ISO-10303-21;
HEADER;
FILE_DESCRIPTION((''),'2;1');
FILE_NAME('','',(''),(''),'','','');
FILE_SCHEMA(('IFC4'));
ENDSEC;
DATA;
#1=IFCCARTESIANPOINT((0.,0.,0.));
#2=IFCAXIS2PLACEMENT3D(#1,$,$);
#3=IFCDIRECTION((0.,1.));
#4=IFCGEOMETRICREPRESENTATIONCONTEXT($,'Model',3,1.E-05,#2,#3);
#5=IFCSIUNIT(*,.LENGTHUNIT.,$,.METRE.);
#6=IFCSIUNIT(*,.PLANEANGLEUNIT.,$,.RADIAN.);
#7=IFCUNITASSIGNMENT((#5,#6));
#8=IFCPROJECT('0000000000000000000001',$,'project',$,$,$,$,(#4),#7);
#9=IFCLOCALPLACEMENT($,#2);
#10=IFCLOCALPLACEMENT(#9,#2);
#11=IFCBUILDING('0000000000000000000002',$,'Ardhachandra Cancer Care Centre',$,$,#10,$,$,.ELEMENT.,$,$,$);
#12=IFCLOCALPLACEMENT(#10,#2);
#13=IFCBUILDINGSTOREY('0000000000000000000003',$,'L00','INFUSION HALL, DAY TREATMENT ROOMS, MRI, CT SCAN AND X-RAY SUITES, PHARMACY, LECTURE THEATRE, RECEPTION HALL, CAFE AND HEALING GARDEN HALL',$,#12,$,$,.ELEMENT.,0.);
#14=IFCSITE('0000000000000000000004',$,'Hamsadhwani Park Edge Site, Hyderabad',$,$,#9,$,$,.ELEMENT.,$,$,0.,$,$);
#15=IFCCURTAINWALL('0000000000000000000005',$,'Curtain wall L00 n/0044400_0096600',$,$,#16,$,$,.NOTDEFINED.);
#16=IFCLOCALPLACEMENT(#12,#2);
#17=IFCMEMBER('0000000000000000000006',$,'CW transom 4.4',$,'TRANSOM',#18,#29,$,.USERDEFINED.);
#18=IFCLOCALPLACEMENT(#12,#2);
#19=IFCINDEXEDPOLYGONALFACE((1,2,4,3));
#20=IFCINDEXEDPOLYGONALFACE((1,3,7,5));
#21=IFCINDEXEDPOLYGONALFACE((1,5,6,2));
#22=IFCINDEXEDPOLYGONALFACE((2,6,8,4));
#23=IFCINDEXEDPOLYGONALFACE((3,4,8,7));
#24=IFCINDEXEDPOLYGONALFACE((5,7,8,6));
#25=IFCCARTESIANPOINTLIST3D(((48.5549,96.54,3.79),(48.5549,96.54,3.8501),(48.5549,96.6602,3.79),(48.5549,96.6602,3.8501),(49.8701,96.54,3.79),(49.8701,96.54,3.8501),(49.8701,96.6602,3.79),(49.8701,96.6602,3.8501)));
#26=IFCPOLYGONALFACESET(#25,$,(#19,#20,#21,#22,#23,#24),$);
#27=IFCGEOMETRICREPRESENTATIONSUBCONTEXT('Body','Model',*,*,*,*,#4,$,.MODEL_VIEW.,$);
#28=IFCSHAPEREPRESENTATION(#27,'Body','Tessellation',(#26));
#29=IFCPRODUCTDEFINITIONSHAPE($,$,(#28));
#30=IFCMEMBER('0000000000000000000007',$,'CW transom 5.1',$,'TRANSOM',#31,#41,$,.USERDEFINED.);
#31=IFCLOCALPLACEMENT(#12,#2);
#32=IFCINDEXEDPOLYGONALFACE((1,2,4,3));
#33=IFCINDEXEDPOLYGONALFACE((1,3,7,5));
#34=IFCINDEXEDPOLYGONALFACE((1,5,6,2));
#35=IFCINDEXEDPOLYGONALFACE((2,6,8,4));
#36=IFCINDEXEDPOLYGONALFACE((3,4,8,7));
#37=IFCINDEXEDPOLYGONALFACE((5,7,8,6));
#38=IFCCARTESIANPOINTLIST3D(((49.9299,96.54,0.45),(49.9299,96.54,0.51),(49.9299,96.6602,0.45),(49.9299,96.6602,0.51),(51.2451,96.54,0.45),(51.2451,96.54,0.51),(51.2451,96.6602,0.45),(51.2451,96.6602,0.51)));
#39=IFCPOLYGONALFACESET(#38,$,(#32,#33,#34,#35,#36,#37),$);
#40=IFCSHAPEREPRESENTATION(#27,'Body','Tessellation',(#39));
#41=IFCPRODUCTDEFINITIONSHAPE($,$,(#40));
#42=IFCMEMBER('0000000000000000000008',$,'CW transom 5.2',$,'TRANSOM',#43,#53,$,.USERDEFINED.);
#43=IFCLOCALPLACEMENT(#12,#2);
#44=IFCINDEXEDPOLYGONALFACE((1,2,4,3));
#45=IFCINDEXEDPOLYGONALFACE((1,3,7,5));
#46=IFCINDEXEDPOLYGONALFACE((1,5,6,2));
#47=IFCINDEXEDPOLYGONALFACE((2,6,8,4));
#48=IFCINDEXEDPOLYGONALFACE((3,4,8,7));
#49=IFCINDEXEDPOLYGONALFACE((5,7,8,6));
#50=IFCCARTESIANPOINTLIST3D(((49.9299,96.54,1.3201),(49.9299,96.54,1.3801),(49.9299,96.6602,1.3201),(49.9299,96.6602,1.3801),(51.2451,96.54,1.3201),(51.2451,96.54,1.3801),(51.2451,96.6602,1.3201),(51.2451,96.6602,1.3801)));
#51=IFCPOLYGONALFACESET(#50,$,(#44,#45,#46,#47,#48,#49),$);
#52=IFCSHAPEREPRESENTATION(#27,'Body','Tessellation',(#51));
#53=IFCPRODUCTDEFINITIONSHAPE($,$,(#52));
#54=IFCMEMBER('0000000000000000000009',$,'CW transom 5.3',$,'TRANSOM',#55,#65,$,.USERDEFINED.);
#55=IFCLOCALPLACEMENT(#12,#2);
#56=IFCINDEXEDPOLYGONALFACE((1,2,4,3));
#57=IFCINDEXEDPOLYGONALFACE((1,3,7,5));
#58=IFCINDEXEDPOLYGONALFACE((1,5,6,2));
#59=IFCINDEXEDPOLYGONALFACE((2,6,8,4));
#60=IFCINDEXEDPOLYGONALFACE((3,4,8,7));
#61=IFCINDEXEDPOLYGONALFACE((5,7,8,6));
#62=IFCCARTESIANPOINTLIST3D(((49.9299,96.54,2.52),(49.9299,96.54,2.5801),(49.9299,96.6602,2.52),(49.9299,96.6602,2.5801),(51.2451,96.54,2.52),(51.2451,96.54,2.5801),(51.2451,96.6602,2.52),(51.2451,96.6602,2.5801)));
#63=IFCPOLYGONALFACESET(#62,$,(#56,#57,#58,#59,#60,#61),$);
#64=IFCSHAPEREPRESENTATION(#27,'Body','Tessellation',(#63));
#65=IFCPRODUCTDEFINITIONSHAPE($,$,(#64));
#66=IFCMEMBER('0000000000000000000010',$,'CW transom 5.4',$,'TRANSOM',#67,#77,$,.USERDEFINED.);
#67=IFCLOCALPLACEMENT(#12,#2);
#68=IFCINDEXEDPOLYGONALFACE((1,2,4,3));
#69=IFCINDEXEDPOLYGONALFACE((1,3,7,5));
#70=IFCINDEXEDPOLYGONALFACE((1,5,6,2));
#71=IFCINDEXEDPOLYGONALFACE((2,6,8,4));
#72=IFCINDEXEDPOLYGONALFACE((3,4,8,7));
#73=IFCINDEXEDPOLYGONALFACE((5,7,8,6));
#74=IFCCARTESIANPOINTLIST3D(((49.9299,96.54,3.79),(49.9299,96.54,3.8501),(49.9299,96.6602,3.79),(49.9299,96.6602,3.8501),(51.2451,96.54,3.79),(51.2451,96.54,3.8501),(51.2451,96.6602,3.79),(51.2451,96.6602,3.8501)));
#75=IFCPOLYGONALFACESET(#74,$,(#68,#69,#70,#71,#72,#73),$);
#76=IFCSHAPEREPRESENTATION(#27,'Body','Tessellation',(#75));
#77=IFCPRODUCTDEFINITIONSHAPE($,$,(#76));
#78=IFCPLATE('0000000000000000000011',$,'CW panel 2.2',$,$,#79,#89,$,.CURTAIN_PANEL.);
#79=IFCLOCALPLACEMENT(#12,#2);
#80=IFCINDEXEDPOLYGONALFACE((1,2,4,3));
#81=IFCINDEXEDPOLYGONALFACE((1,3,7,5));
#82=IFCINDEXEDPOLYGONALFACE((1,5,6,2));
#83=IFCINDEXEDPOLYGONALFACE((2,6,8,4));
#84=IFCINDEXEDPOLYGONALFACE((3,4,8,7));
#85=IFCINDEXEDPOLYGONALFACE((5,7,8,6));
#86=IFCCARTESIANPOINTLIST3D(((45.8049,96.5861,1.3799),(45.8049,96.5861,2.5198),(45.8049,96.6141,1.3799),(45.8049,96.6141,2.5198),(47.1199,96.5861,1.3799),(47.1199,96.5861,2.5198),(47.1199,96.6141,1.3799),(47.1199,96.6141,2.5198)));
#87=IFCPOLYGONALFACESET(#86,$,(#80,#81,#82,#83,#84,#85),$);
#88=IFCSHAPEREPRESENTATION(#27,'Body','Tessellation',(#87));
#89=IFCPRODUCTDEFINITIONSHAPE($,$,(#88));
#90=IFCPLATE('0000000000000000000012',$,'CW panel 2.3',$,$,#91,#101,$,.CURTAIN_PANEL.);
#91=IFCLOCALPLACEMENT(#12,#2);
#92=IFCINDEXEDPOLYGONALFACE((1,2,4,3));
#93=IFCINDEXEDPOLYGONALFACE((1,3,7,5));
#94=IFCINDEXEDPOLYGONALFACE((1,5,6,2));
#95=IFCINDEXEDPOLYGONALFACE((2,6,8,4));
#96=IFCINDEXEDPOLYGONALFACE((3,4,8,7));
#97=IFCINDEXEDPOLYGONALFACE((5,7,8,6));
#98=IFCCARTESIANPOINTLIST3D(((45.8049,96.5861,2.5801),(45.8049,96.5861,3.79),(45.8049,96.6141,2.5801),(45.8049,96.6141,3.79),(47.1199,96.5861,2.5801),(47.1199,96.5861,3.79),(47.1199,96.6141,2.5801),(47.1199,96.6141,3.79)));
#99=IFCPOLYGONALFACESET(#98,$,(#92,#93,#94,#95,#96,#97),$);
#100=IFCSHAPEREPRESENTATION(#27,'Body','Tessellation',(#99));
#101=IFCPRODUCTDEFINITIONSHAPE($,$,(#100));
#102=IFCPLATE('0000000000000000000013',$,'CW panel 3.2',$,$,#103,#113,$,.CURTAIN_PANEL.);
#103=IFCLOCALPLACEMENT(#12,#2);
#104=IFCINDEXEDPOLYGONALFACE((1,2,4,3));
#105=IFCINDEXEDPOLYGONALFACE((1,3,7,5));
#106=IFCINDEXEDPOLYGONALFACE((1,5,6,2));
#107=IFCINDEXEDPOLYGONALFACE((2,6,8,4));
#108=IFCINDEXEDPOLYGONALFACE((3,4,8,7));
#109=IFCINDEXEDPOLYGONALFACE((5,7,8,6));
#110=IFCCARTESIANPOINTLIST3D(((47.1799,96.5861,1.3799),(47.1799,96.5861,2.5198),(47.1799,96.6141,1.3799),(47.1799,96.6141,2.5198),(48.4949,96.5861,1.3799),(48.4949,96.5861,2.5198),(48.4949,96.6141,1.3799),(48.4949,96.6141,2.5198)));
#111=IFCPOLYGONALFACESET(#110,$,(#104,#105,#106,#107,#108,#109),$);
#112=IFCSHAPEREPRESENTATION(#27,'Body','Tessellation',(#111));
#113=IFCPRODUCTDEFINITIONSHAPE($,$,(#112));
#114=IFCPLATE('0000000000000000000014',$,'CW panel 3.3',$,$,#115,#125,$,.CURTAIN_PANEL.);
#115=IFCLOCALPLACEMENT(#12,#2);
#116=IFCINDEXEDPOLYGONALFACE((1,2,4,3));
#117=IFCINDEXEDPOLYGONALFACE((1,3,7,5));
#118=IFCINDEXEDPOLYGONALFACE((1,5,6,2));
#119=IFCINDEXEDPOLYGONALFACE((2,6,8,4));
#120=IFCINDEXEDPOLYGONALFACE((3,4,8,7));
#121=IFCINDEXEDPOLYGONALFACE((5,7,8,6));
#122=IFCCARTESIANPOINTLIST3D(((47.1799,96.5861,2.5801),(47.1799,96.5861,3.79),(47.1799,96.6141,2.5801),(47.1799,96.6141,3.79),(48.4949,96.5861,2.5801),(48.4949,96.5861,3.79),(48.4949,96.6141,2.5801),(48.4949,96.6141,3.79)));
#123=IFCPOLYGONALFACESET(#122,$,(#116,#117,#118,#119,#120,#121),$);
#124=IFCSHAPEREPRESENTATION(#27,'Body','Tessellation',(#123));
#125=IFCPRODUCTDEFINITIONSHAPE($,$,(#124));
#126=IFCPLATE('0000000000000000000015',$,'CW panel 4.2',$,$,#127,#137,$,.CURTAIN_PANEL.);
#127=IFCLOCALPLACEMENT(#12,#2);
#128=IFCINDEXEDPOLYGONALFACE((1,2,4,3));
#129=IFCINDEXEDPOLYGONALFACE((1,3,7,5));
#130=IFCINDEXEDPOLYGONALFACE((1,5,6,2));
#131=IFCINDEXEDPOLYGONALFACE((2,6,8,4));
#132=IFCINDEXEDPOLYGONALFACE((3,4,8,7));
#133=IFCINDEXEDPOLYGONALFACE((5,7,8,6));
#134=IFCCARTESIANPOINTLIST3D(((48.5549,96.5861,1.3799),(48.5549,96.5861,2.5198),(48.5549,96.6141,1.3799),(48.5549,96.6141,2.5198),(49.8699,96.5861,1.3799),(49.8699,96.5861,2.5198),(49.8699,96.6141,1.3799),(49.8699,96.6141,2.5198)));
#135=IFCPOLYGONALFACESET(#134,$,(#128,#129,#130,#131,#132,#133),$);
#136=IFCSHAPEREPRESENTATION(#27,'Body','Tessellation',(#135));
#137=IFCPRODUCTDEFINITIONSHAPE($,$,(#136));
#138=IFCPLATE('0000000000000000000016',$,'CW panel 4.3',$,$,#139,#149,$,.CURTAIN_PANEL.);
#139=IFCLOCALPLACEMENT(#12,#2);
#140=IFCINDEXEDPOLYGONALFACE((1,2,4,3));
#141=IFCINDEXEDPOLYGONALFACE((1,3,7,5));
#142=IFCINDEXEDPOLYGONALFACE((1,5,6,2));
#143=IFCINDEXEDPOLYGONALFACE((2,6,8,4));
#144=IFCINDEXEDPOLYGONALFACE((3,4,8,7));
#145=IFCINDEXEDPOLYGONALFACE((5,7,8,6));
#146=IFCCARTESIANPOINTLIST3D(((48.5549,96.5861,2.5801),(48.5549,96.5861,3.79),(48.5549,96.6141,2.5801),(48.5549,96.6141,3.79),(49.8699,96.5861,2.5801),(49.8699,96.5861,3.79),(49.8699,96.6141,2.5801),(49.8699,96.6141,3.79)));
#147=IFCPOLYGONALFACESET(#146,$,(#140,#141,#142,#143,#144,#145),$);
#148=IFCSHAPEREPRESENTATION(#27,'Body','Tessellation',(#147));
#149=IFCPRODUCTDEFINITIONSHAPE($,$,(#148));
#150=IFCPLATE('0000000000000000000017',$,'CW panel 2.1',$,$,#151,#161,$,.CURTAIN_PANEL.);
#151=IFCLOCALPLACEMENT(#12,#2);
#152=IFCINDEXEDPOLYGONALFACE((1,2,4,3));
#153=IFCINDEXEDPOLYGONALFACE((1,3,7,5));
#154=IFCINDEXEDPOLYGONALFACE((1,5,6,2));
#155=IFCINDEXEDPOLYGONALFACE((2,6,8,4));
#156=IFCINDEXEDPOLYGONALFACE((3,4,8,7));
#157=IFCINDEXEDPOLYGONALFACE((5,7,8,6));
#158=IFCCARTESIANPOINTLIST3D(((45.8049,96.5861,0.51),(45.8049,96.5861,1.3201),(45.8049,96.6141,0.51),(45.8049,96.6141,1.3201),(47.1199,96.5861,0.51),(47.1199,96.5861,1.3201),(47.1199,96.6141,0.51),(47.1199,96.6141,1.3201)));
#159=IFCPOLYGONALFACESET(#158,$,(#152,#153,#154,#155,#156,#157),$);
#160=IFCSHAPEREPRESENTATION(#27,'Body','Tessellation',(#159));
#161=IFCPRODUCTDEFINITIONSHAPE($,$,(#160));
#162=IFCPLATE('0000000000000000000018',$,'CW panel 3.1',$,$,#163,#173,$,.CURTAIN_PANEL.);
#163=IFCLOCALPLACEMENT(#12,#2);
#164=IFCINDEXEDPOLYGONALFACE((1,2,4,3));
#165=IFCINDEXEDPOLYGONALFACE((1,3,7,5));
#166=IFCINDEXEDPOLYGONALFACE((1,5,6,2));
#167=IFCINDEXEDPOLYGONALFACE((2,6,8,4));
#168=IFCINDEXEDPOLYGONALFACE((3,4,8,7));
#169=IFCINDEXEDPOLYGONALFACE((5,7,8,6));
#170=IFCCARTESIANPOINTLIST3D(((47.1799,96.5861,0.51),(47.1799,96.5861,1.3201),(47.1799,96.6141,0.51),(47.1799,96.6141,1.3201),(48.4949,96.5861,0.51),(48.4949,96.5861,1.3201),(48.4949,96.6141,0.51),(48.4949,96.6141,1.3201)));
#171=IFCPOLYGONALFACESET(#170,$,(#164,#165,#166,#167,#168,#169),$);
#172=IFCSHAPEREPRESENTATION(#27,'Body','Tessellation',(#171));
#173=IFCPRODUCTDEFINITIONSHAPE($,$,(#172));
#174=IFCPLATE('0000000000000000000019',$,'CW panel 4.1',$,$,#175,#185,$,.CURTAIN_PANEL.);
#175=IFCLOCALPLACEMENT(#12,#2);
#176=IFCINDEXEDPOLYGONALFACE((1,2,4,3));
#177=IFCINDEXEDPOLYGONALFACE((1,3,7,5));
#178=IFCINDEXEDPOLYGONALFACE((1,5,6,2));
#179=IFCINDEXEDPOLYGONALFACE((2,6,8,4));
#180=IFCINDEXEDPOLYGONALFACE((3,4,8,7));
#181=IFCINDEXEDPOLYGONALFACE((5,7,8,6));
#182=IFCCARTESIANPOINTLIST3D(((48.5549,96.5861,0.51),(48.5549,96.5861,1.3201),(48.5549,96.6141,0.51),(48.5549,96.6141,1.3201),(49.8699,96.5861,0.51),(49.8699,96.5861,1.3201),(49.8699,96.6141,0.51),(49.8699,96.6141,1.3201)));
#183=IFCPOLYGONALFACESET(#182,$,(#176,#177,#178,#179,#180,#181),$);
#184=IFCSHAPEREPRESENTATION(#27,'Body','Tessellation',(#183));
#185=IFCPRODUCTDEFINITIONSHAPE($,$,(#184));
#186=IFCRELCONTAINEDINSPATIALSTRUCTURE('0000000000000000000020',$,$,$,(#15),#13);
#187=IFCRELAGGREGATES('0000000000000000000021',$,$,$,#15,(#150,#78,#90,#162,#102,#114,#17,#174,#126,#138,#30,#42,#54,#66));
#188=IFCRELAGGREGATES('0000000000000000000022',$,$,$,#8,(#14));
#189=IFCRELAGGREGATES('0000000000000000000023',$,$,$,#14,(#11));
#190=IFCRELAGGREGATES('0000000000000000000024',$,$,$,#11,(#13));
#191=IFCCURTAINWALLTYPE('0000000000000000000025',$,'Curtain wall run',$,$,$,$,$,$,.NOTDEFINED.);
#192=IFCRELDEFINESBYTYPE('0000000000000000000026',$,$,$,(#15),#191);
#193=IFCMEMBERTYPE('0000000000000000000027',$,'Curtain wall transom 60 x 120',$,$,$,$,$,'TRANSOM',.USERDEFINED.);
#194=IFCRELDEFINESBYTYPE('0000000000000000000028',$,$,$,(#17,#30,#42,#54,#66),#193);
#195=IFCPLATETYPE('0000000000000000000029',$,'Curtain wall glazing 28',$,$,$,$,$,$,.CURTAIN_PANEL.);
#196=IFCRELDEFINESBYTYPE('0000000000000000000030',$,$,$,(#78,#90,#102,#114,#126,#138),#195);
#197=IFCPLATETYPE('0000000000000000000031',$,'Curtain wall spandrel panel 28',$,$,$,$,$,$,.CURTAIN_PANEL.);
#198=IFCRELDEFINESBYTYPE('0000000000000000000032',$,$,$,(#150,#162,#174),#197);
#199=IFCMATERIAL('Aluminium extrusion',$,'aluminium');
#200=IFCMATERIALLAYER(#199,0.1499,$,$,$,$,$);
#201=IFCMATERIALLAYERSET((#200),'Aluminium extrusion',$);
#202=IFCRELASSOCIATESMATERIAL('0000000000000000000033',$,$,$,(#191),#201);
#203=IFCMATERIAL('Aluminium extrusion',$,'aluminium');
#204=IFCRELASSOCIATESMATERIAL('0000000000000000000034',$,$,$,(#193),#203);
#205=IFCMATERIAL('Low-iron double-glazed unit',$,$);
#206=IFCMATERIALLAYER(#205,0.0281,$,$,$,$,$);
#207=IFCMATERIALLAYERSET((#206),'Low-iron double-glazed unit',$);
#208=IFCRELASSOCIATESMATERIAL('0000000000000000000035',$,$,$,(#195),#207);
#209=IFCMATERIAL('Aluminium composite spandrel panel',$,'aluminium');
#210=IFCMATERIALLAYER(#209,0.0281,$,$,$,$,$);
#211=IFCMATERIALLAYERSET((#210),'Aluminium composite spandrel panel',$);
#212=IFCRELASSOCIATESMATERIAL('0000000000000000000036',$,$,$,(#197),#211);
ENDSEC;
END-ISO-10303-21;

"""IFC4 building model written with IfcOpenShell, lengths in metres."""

from ifc_helpers import new_model, si_unit, direction, frame, origin, origin_2d, place, context, subcontext, project, spatial, rectangle, extrude, material, layer, layer_set, material_profile, profile_set, type_object, element, aggregate, save


model = new_model("IFC4")

# Units and contexts
model_context = context("Model", 3, precision=1e-05, world=origin(), true_north=direction((0.0, 1.0)))
body_context = subcontext(model_context, "Body", "Model", "MODEL_VIEW")
ifc_project = project(units=[si_unit("LENGTHUNIT", "METRE"), si_unit("PLANEANGLEUNIT", "RADIAN")], contexts=[model_context])

# Site, building, storey
site_placement = place(None, origin())
site = spatial("IfcSite", under=ifc_project, at=site_placement, Name="Hamsadhwani Park Edge Site, Hyderabad", CompositionType="ELEMENT", RefElevation=0.0)
building_placement = place(site_placement, origin())
building = spatial("IfcBuilding", under=site, at=building_placement, Name="Ardhachandra Cancer Care Centre", CompositionType="ELEMENT")
storey_placement = place(building_placement, origin())
storey = spatial("IfcBuildingStorey", under=building, at=storey_placement, Name="L00", Description="INFUSION HALL, DAY TREATMENT ROOMS, MRI, CT SCAN AND X-RAY SUITES, PHARMACY, LECTURE THEATRE, RECEPTION HALL, CAFE AND HEALING GARDEN HALL", CompositionType="ELEMENT", Elevation=0.0)

# Curtain wall, members, plates
ifc_material_1 = material(Name="Aluminium extrusion", Category="aluminium")
ifc_layer_1 = layer(ifc_material_1, 0.1499)
ifc_layer_set_1 = layer_set([ifc_layer_1], Name="Aluminium extrusion")
curtain_wall_type = type_object("IfcCurtainWallType", Name="Curtain wall run", PredefinedType="NOTDEFINED", material=ifc_layer_set_1)
curtain_wall_placement = place(storey_placement, origin())
curtain_wall = element("IfcCurtainWall", 1, at=curtain_wall_placement, inside=storey, type_object=curtain_wall_type, Name="Curtain wall L00 n/0044400_0096600", PredefinedType="NOTDEFINED")
ifc_material_2 = material(Name="Aluminium extrusion", Category="aluminium")
ifc_material_profile_1 = material_profile(ifc_material_2, rectangle(XDim=0.1201, YDim=0.0601, at=origin_2d()), Name="Curtain wall transom 60 x 120")
ifc_profile_set_1 = profile_set([ifc_material_profile_1], Name="Aluminium extrusion")
member_type_1 = type_object("IfcMemberType", Name="Curtain wall transom 60 x 120", ElementType="TRANSOM", PredefinedType="USERDEFINED", material=ifc_profile_set_1)
member_1_placement = place(storey_placement, frame((48.5549, 96.6001, 3.8201), z_axis=(1.0, 0.0, 0.0), x_axis=(0.0, 1.0, 0.0)))
member_1 = element("IfcMember", 2, at=member_1_placement, type_object=member_type_1, Name="CW transom 4.4", ObjectType="TRANSOM", PredefinedType="USERDEFINED", context=body_context, shape_type="SweptSolid", body=[
    extrude(rectangle(XDim=0.1201, YDim=0.0601, at=origin_2d()), origin(), (0.0, 0.0, 1.0), 1.3152),
])
member_2_placement = place(storey_placement, frame((49.9299, 96.6001, 0.48), z_axis=(1.0, 0.0, 0.0), x_axis=(0.0, 1.0, 0.0)))
member_2 = element("IfcMember", 3, at=member_2_placement, type_object=member_type_1, Name="CW transom 5.1", ObjectType="TRANSOM", PredefinedType="USERDEFINED", context=body_context, shape_type="SweptSolid", body=[
    extrude(rectangle(XDim=0.1201, YDim=0.0601, at=origin_2d()), origin(), (0.0, 0.0, 1.0), 1.3152),
])
member_3_placement = place(storey_placement, frame((49.9299, 96.6001, 1.3501), z_axis=(1.0, 0.0, 0.0), x_axis=(0.0, 1.0, 0.0)))
member_3 = element("IfcMember", 4, at=member_3_placement, type_object=member_type_1, Name="CW transom 5.2", ObjectType="TRANSOM", PredefinedType="USERDEFINED", context=body_context, shape_type="SweptSolid", body=[
    extrude(rectangle(XDim=0.1201, YDim=0.0601, at=origin_2d()), origin(), (0.0, 0.0, 1.0), 1.3152),
])
member_4_placement = place(storey_placement, frame((49.9299, 96.6001, 2.55), z_axis=(1.0, 0.0, 0.0), x_axis=(0.0, 1.0, 0.0)))
member_4 = element("IfcMember", 5, at=member_4_placement, type_object=member_type_1, Name="CW transom 5.3", ObjectType="TRANSOM", PredefinedType="USERDEFINED", context=body_context, shape_type="SweptSolid", body=[
    extrude(rectangle(XDim=0.1201, YDim=0.0601, at=origin_2d()), origin(), (0.0, 0.0, 1.0), 1.3152),
])
member_5_placement = place(storey_placement, frame((49.9299, 96.6001, 3.8201), z_axis=(1.0, 0.0, 0.0), x_axis=(0.0, 1.0, 0.0)))
member_5 = element("IfcMember", 6, at=member_5_placement, type_object=member_type_1, Name="CW transom 5.4", ObjectType="TRANSOM", PredefinedType="USERDEFINED", context=body_context, shape_type="SweptSolid", body=[
    extrude(rectangle(XDim=0.1201, YDim=0.0601, at=origin_2d()), origin(), (0.0, 0.0, 1.0), 1.3152),
])
ifc_material_3 = material(Name="Low-iron double-glazed unit")
ifc_layer_2 = layer(ifc_material_3, 0.0281)
ifc_layer_set_2 = layer_set([ifc_layer_2], Name="Low-iron double-glazed unit")
plate_type_1 = type_object("IfcPlateType", Name="Curtain wall glazing 28", PredefinedType="CURTAIN_PANEL", material=ifc_layer_set_2)
plate_1_placement = place(storey_placement, frame((46.4624, 96.6001, 1.3799), z_axis=(0.0, 0.0, 1.0), x_axis=(1.0, 0.0, 0.0)))
plate_1 = element("IfcPlate", 7, at=plate_1_placement, type_object=plate_type_1, Name="CW panel 2.2", PredefinedType="CURTAIN_PANEL", context=body_context, shape_type="SweptSolid", body=[
    extrude(rectangle(XDim=1.3149, YDim=0.0281, at=origin_2d()), origin(), (0.0, 0.0, 1.0), 1.1399),
])
plate_2_placement = place(storey_placement, frame((46.4624, 96.6001, 2.5801), z_axis=(0.0, 0.0, 1.0), x_axis=(1.0, 0.0, 0.0)))
plate_2 = element("IfcPlate", 8, at=plate_2_placement, type_object=plate_type_1, Name="CW panel 2.3", PredefinedType="CURTAIN_PANEL", context=body_context, shape_type="SweptSolid", body=[
    extrude(rectangle(XDim=1.3149, YDim=0.0281, at=origin_2d()), origin(), (0.0, 0.0, 1.0), 1.21),
])
plate_3_placement = place(storey_placement, frame((47.8374, 96.6001, 1.3799), z_axis=(0.0, 0.0, 1.0), x_axis=(1.0, 0.0, 0.0)))
plate_3 = element("IfcPlate", 9, at=plate_3_placement, type_object=plate_type_1, Name="CW panel 3.2", PredefinedType="CURTAIN_PANEL", context=body_context, shape_type="SweptSolid", body=[
    extrude(rectangle(XDim=1.3149, YDim=0.0281, at=origin_2d()), origin(), (0.0, 0.0, 1.0), 1.1399),
])
plate_4_placement = place(storey_placement, frame((47.8374, 96.6001, 2.5801), z_axis=(0.0, 0.0, 1.0), x_axis=(1.0, 0.0, 0.0)))
plate_4 = element("IfcPlate", 10, at=plate_4_placement, type_object=plate_type_1, Name="CW panel 3.3", PredefinedType="CURTAIN_PANEL", context=body_context, shape_type="SweptSolid", body=[
    extrude(rectangle(XDim=1.3149, YDim=0.0281, at=origin_2d()), origin(), (0.0, 0.0, 1.0), 1.21),
])
plate_5_placement = place(storey_placement, frame((49.2124, 96.6001, 1.3799), z_axis=(0.0, 0.0, 1.0), x_axis=(1.0, 0.0, 0.0)))
plate_5 = element("IfcPlate", 11, at=plate_5_placement, type_object=plate_type_1, Name="CW panel 4.2", PredefinedType="CURTAIN_PANEL", context=body_context, shape_type="SweptSolid", body=[
    extrude(rectangle(XDim=1.3149, YDim=0.0281, at=origin_2d()), origin(), (0.0, 0.0, 1.0), 1.1399),
])
plate_6_placement = place(storey_placement, frame((49.2124, 96.6001, 2.5801), z_axis=(0.0, 0.0, 1.0), x_axis=(1.0, 0.0, 0.0)))
plate_6 = element("IfcPlate", 12, at=plate_6_placement, type_object=plate_type_1, Name="CW panel 4.3", PredefinedType="CURTAIN_PANEL", context=body_context, shape_type="SweptSolid", body=[
    extrude(rectangle(XDim=1.3149, YDim=0.0281, at=origin_2d()), origin(), (0.0, 0.0, 1.0), 1.21),
])
ifc_material_4 = material(Name="Aluminium composite spandrel panel", Category="aluminium")
ifc_layer_3 = layer(ifc_material_4, 0.0281)
ifc_layer_set_3 = layer_set([ifc_layer_3], Name="Aluminium composite spandrel panel")
plate_type_2 = type_object("IfcPlateType", Name="Curtain wall spandrel panel 28", PredefinedType="CURTAIN_PANEL", material=ifc_layer_set_3)
plate_7_placement = place(storey_placement, frame((46.4624, 96.6001, 0.51), z_axis=(0.0, 0.0, 1.0), x_axis=(1.0, 0.0, 0.0)))
plate_7 = element("IfcPlate", 13, at=plate_7_placement, type_object=plate_type_2, Name="CW panel 2.1", PredefinedType="CURTAIN_PANEL", context=body_context, shape_type="SweptSolid", body=[
    extrude(rectangle(XDim=1.3149, YDim=0.0281, at=origin_2d()), origin(), (0.0, 0.0, 1.0), 0.8101),
])
plate_8_placement = place(storey_placement, frame((47.8374, 96.6001, 0.51), z_axis=(0.0, 0.0, 1.0), x_axis=(1.0, 0.0, 0.0)))
plate_8 = element("IfcPlate", 14, at=plate_8_placement, type_object=plate_type_2, Name="CW panel 3.1", PredefinedType="CURTAIN_PANEL", context=body_context, shape_type="SweptSolid", body=[
    extrude(rectangle(XDim=1.3149, YDim=0.0281, at=origin_2d()), origin(), (0.0, 0.0, 1.0), 0.8101),
])
plate_9_placement = place(storey_placement, frame((49.2124, 96.6001, 0.51), z_axis=(0.0, 0.0, 1.0), x_axis=(1.0, 0.0, 0.0)))
plate_9 = element("IfcPlate", 15, at=plate_9_placement, type_object=plate_type_2, Name="CW panel 4.1", PredefinedType="CURTAIN_PANEL", context=body_context, shape_type="SweptSolid", body=[
    extrude(rectangle(XDim=1.3149, YDim=0.0281, at=origin_2d()), origin(), (0.0, 0.0, 1.0), 0.8101),
])
aggregate(curtain_wall, [plate_7, plate_1, plate_2, plate_8, plate_3, plate_4, member_1, plate_9, plate_5, plate_6, member_2, member_3, member_4, member_5])

save(model, "model.ifc")
